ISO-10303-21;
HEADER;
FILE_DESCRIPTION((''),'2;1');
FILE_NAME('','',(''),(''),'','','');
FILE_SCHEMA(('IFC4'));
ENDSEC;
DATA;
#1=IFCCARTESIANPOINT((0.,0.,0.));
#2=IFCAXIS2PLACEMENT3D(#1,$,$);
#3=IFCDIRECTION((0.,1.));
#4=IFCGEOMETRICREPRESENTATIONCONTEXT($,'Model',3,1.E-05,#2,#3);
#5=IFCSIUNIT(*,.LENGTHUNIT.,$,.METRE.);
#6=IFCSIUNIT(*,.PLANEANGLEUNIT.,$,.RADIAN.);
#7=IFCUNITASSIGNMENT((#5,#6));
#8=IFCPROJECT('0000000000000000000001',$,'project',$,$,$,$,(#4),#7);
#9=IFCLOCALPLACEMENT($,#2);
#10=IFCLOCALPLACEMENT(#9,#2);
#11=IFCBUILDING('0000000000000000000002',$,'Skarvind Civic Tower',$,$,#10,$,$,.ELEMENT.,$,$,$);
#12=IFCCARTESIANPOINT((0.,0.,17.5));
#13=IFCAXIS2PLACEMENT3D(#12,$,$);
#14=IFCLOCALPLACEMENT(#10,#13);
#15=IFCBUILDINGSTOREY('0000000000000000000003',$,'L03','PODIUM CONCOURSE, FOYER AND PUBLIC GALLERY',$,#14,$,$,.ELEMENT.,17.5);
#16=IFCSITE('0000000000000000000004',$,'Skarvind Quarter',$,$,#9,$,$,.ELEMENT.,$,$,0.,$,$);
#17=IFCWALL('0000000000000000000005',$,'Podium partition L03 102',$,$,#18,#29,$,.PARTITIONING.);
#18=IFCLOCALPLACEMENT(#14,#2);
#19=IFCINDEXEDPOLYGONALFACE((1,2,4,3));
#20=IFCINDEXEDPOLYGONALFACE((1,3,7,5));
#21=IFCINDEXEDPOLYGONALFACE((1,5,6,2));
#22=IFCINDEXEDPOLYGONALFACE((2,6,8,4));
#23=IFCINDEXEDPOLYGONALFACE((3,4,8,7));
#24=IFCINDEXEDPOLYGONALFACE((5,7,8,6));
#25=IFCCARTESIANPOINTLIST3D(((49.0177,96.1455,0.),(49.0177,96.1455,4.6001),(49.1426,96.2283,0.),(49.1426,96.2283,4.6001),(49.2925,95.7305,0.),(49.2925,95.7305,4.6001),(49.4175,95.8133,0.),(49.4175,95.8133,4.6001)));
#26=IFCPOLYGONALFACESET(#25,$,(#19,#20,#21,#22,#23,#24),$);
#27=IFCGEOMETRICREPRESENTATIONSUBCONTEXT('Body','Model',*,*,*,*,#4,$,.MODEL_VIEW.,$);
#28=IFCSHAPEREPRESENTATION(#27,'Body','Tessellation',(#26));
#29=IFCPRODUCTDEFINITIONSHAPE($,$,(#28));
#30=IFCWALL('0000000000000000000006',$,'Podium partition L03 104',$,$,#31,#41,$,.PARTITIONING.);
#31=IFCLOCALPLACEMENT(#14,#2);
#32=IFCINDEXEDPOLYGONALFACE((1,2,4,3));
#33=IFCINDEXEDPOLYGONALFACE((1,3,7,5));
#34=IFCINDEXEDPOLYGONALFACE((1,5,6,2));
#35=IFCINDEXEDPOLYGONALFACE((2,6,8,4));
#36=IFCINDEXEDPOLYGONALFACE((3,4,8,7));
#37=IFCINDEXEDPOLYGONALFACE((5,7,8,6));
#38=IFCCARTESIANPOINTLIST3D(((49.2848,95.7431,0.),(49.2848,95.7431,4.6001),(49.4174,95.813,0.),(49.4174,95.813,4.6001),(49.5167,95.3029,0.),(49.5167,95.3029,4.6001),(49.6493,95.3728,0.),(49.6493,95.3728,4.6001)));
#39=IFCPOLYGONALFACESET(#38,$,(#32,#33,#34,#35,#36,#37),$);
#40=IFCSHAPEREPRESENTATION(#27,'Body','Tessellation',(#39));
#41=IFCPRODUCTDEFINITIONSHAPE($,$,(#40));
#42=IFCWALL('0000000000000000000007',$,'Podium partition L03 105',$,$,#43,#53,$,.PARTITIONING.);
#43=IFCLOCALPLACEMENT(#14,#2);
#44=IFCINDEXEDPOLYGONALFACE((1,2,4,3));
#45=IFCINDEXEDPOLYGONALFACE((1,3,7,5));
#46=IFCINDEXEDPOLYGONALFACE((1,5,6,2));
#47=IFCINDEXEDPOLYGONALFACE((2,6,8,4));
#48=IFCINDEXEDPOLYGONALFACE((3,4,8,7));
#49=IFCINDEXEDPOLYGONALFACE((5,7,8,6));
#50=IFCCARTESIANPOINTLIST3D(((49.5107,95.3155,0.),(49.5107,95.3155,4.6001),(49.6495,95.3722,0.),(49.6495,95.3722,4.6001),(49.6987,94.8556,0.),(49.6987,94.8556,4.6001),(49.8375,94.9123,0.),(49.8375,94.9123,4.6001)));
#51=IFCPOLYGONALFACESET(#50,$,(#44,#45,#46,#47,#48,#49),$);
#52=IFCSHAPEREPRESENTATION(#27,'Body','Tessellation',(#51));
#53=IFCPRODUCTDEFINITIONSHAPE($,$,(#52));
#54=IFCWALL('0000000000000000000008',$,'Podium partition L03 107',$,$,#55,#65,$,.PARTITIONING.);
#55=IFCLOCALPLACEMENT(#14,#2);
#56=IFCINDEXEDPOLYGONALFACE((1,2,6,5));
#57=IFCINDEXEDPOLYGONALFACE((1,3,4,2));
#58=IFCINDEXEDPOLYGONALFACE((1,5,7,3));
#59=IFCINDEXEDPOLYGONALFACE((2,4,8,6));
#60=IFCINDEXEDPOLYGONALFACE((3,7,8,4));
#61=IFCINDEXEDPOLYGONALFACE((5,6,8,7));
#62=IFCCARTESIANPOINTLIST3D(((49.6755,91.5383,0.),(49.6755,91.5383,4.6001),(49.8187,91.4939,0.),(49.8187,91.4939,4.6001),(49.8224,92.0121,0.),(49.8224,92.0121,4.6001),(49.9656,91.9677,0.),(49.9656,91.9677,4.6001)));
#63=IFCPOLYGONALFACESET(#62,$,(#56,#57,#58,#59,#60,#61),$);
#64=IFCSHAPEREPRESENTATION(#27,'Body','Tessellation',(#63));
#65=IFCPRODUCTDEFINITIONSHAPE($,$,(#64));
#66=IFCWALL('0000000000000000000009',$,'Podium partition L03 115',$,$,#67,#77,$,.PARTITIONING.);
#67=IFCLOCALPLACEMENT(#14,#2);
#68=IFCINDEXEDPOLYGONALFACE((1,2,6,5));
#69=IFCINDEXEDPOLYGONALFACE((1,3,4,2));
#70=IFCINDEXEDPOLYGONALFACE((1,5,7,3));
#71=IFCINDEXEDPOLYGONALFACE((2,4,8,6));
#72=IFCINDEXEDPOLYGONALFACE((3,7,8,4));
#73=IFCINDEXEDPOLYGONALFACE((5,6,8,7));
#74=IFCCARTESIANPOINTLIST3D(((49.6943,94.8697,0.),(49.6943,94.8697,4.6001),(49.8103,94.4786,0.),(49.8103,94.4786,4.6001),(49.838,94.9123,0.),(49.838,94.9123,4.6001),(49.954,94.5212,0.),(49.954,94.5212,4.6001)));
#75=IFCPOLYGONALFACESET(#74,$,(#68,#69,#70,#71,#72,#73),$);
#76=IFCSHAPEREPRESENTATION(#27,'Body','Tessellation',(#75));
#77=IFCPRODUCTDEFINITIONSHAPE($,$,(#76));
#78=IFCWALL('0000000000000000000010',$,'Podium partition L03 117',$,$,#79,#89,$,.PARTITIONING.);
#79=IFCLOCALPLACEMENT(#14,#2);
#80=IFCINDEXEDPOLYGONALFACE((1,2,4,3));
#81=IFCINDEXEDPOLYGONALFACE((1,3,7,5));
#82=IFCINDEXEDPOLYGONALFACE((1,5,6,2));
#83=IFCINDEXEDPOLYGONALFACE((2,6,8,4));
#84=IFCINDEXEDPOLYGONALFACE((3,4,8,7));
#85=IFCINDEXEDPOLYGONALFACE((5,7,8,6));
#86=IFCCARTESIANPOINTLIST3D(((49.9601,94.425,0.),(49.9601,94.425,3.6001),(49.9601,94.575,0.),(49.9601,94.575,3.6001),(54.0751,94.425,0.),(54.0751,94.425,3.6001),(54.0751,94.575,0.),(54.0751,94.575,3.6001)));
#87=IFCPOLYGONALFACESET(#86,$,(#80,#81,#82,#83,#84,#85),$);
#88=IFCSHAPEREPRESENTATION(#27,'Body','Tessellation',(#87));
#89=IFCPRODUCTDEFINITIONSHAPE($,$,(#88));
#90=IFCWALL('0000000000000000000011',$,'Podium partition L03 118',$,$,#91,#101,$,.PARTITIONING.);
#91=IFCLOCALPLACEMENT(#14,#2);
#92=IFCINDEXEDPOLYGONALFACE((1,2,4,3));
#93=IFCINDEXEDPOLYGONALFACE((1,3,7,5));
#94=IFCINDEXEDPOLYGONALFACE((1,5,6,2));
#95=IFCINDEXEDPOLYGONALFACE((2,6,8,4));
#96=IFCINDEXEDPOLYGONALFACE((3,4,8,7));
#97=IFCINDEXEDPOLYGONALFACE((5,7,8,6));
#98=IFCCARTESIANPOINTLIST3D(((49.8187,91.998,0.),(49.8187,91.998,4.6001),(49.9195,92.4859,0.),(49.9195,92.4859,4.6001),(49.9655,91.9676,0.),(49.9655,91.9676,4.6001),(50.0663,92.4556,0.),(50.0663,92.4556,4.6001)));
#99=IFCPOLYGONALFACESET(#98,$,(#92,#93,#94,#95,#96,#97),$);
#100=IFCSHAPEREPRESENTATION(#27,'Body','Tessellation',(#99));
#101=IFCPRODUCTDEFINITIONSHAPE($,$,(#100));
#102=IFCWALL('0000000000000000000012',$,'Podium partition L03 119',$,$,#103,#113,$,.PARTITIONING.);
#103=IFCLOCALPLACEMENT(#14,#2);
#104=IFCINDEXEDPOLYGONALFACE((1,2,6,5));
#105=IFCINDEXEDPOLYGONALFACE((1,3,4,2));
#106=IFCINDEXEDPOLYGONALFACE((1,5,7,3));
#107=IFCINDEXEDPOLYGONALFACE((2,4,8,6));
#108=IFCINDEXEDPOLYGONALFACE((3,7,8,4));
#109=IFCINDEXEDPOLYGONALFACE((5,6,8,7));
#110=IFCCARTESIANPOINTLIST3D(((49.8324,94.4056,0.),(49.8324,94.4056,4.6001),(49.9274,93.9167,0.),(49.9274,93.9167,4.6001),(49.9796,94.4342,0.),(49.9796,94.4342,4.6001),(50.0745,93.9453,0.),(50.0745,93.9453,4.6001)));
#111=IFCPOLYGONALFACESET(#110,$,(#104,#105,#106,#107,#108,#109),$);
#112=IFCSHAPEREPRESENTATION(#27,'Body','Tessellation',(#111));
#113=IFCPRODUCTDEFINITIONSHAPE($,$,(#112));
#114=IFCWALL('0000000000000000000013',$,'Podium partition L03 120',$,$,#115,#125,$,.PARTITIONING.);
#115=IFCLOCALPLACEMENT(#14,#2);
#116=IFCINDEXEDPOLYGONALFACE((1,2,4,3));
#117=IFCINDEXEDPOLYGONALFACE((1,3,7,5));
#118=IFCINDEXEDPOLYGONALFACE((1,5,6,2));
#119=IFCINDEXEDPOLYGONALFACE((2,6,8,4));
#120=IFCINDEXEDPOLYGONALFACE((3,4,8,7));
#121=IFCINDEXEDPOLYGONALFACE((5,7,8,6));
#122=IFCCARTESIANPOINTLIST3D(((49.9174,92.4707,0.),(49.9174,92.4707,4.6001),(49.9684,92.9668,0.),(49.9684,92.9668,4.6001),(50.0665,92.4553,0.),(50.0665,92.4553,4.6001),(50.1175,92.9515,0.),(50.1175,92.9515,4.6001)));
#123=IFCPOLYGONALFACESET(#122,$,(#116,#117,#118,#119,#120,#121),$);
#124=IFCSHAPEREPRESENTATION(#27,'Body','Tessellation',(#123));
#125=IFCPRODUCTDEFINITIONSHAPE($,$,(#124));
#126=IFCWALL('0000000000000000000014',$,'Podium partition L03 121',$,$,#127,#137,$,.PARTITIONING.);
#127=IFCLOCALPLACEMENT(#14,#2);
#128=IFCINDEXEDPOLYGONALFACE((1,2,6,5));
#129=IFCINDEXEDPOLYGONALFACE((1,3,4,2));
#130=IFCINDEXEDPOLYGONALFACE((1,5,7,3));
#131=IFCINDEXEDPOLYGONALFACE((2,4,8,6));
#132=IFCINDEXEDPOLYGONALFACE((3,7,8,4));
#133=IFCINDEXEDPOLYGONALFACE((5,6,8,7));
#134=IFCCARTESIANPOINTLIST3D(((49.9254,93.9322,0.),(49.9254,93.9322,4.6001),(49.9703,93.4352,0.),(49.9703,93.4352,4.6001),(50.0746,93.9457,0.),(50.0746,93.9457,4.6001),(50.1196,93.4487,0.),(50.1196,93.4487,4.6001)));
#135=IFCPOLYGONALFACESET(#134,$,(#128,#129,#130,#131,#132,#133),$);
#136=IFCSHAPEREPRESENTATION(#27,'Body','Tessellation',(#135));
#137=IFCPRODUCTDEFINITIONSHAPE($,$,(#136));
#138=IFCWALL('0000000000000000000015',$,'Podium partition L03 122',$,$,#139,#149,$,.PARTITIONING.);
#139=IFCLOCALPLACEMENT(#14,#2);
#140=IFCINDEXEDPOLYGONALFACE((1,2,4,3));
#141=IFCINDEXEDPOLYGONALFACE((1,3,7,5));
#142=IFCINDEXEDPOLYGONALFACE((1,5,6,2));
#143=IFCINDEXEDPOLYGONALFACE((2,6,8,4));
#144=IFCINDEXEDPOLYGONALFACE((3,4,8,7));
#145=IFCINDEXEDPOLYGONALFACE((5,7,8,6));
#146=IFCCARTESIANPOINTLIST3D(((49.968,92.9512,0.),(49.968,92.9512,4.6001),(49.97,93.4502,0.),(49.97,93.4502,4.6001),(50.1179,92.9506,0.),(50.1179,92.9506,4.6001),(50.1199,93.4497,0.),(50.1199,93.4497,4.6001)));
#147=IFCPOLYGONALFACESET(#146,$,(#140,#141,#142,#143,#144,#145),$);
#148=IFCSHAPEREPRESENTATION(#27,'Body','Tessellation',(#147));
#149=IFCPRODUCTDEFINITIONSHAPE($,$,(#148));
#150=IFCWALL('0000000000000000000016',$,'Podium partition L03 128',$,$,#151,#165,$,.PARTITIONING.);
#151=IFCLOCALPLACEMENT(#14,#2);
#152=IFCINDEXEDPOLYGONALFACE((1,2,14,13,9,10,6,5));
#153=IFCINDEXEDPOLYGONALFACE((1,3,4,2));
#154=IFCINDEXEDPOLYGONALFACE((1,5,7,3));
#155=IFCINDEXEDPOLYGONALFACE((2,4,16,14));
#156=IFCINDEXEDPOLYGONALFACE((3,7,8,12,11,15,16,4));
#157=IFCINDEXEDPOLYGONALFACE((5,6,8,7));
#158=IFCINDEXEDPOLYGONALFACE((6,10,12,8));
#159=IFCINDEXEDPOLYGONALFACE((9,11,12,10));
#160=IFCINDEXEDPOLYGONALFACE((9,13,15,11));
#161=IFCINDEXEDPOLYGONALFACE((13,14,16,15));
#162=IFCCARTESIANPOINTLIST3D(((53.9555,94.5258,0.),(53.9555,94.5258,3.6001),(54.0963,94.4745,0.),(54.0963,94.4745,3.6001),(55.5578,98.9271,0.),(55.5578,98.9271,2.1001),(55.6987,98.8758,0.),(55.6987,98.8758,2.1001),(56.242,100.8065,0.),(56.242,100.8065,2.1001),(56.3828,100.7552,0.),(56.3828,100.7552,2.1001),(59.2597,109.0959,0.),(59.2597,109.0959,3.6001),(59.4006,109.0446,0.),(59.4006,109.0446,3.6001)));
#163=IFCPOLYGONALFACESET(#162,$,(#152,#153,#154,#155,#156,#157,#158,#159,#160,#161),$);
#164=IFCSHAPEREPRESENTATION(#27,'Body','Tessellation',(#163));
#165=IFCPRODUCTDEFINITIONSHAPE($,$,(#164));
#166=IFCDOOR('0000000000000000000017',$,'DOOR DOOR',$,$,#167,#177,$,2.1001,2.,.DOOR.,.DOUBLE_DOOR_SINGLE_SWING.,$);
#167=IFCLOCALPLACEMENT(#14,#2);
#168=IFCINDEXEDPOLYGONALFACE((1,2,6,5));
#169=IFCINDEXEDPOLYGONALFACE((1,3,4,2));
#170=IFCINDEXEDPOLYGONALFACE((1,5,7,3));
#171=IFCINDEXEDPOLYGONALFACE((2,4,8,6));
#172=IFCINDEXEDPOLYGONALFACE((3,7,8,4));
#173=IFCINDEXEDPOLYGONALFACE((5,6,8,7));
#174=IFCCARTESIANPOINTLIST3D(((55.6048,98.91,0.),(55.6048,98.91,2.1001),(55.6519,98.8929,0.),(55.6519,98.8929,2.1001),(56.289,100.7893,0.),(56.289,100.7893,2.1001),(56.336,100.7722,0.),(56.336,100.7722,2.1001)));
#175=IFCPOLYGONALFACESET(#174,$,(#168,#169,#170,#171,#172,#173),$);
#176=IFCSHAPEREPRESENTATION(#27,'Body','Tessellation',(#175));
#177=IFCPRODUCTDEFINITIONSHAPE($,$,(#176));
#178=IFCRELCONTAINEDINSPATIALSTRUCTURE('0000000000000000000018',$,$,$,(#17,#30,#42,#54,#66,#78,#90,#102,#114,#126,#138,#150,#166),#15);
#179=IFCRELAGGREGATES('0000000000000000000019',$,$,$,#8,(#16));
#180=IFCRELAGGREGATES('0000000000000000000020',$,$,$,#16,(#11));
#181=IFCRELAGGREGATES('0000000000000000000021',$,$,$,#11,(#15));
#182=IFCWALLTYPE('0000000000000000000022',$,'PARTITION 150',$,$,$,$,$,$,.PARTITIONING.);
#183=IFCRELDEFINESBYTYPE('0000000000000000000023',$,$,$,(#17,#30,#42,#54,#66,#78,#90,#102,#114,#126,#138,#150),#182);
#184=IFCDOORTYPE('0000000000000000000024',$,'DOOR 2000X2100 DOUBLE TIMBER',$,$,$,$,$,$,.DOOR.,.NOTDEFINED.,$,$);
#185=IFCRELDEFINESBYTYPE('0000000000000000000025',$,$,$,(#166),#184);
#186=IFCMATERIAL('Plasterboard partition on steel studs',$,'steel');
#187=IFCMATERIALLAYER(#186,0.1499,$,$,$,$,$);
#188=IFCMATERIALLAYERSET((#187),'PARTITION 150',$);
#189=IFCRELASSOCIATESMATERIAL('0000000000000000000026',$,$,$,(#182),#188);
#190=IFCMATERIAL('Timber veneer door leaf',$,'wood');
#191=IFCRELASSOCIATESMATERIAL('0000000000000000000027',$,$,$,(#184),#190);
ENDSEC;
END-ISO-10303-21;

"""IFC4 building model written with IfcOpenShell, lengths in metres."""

from ifc_helpers import new_model, si_unit, direction, frame, frame_2d, origin, place, context, subcontext, project, spatial, rectangle, extrude, material, layer, layer_set, type_object, element, fill, save


model = new_model("IFC4")

# Units and contexts
model_context = context("Model", 3, precision=1e-05, world=origin(), true_north=direction((0.0, 1.0)))
body_context = subcontext(model_context, "Body", "Model", "MODEL_VIEW")
ifc_project = project(units=[si_unit("LENGTHUNIT", "METRE"), si_unit("PLANEANGLEUNIT", "RADIAN")], contexts=[model_context])

# Site, building, storey
site_placement = place(None, origin())
site = spatial("IfcSite", under=ifc_project, at=site_placement, Name="Skarvind Quarter", CompositionType="ELEMENT", RefElevation=0.0)
building_placement = place(site_placement, origin())
building = spatial("IfcBuilding", under=site, at=building_placement, Name="Skarvind Civic Tower", CompositionType="ELEMENT")
storey_placement = place(building_placement, frame((0.0, 0.0, 17.5)))
storey = spatial("IfcBuildingStorey", under=building, at=storey_placement, Name="L03", Description="PODIUM CONCOURSE, FOYER AND PUBLIC GALLERY", CompositionType="ELEMENT", Elevation=17.5)

# Shared definitions
ifc_material_1 = material(Name="Plasterboard partition on steel studs", Category="steel")
ifc_layer = layer(ifc_material_1, 0.1499)
ifc_layer_set = layer_set([ifc_layer], Name="PARTITION 150")
wall_type = type_object("IfcWallType", Name="PARTITION 150", PredefinedType="PARTITIONING", material=ifc_layer_set)
ifc_material_2 = material(Name="Timber veneer door leaf", Category="wood")

# Walls
for number, where, z_axis, x_axis, name in (
    (1, (49.0801, 96.187, 0.0), (0.0, 0.0, 1.0), (0.552208, -0.833706, 0.0), "Podium partition L03 102"),
):
    element("IfcWall", number, at=place(storey_placement, frame(where, z_axis=z_axis, x_axis=x_axis)), inside=storey, type_object=wall_type, Name=name, PredefinedType="PARTITIONING", context=body_context, shape_type="SweptSolid", body=[
        extrude(rectangle(XDim=0.4978, YDim=0.1499, at=frame_2d((0.249, 0.0))), origin(), (0.0, 0.0, 1.0), 4.6001),
    ])
wall_1_placement = place(storey_placement, frame((49.3511, 95.7781, 0.0), z_axis=(0.0, 0.0, 1.0), x_axis=(0.466151, -0.884705, 0.0)))
element("IfcWall", 2, at=wall_1_placement, inside=storey, type_object=wall_type, Name="Podium partition L03 104", PredefinedType="PARTITIONING", context=body_context, shape_type="SweptSolid", body=[
    extrude(rectangle(XDim=0.4976, YDim=0.1499, at=frame_2d((0.2488, 0.0))), origin(), (0.0, 0.0, 1.0), 4.6001),
])
wall_2_placement = place(storey_placement, frame((49.5801, 95.344, 0.0), z_axis=(0.0, 0.0, 1.0), x_axis=(0.378327, -0.925672, 0.0)))
element("IfcWall", 3, at=wall_2_placement, inside=storey, type_object=wall_type, Name="Podium partition L03 105", PredefinedType="PARTITIONING", context=body_context, shape_type="SweptSolid", body=[
    extrude(rectangle(XDim=0.4968, YDim=0.1499, at=frame_2d((0.2485, 0.0))), origin(), (0.0, 0.0, 1.0), 4.6001),
])
wall_3_placement = place(storey_placement, frame((49.7471, 91.5161, 0.0), z_axis=(0.0, 0.0, 1.0), x_axis=(0.296229, 0.955117, 0.0)))
element("IfcWall", 4, at=wall_3_placement, inside=storey, type_object=wall_type, Name="Podium partition L03 107", PredefinedType="PARTITIONING", context=body_context, shape_type="SweptSolid", body=[
    extrude(rectangle(XDim=0.4961, YDim=0.1499, at=frame_2d((0.248, 0.0))), origin(), (0.0, 0.0, 1.0), 4.6001),
])
wall_4_placement = place(storey_placement, frame((49.7661, 94.8911, 0.0), z_axis=(0.0, 0.0, 1.0), x_axis=(0.284272, -0.958744, 0.0)))
element("IfcWall", 5, at=wall_4_placement, inside=storey, type_object=wall_type, Name="Podium partition L03 115", PredefinedType="PARTITIONING", context=body_context, shape_type="SweptSolid", body=[
    extrude(rectangle(XDim=0.408, YDim=0.1499, at=frame_2d((0.2041, 0.0))), origin(), (0.0, 0.0, 1.0), 4.6001),
])
wall_5_placement = place(storey_placement, frame((49.96, 94.5, 0.0), z_axis=(0.0, 0.0, 1.0), x_axis=(1.0, 0.0, 0.0)))
element("IfcWall", 6, at=wall_5_placement, inside=storey, type_object=wall_type, Name="Podium partition L03 117", PredefinedType="PARTITIONING", context=body_context, shape_type="SweptSolid", body=[
    extrude(rectangle(XDim=4.115, YDim=0.1499, at=frame_2d((2.0576, 0.0))), origin(), (0.0, 0.0, 1.0), 3.6001),
])
wall_6_placement = place(storey_placement, frame((49.8921, 91.9829, 0.0), z_axis=(0.0, 0.0, 1.0), x_axis=(0.20233, 0.979317, 0.0)))
element("IfcWall", 7, at=wall_6_placement, inside=storey, type_object=wall_type, Name="Podium partition L03 118", PredefinedType="PARTITIONING", context=body_context, shape_type="SweptSolid", body=[
    extrude(rectangle(XDim=0.4983, YDim=0.1499, at=frame_2d((0.249, 0.0))), origin(), (0.0, 0.0, 1.0), 4.6001),
])
wall_7_placement = place(storey_placement, frame((49.906, 94.4199, 0.0), z_axis=(0.0, 0.0, 1.0), x_axis=(0.190647, -0.981659, 0.0)))
element("IfcWall", 8, at=wall_7_placement, inside=storey, type_object=wall_type, Name="Podium partition L03 119", PredefinedType="PARTITIONING", context=body_context, shape_type="SweptSolid", body=[
    extrude(rectangle(XDim=0.498, YDim=0.1499, at=frame_2d((0.249, 0.0))), origin(), (0.0, 0.0, 1.0), 4.6001),
])
wall_8_placement = place(storey_placement, frame((49.9919, 92.4629, 0.0), z_axis=(0.0, 0.0, 1.0), x_axis=(0.102315, 0.994752, 0.0)))
element("IfcWall", 9, at=wall_8_placement, inside=storey, type_object=wall_type, Name="Podium partition L03 120", PredefinedType="PARTITIONING", context=body_context, shape_type="SweptSolid", body=[
    extrude(rectangle(XDim=0.4988, YDim=0.1499, at=frame_2d((0.2495, 0.0))), origin(), (0.0, 0.0, 1.0), 4.6001),
])
for number, where, z_axis, x_axis, name in (
    (10, (50.0, 93.939, 0.0), (0.0, 0.0, 1.0), (0.090006, -0.995941, 0.0), "Podium partition L03 121"),
    (11, (50.043, 92.9509, 0.0), (0.0, 0.0, 1.0), (0.003914, 0.999992, 0.0), "Podium partition L03 122"),
):
    element("IfcWall", number, at=place(storey_placement, frame(where, z_axis=z_axis, x_axis=x_axis)), inside=storey, type_object=wall_type, Name=name, PredefinedType="PARTITIONING", context=body_context, shape_type="SweptSolid", body=[
        extrude(rectangle(XDim=0.499, YDim=0.1499, at=frame_2d((0.2495, 0.0))), origin(), (0.0, 0.0, 1.0), 4.6001),
    ])

# Wall, opening, door
wall_9_placement = place(storey_placement, frame((54.0259, 94.5, 0.0), z_axis=(0.0, 0.0, 1.0), x_axis=(0.342084, 0.939669, 0.0)))
wall_9 = element("IfcWall", 12, at=wall_9_placement, inside=storey, type_object=wall_type, Name="Podium partition L03 128", PredefinedType="PARTITIONING", context=body_context, shape_type="SweptSolid", body=[
    extrude(rectangle(XDim=15.5056, YDim=0.1499, at=frame_2d((7.7529, 0.0))), origin(), (0.0, 0.0, 1.0), 3.6001),
])
opening_1_placement = place(wall_9_placement, frame((4.6841, 0.0, 0.0)))
opening_1 = element("IfcOpeningElement", 13, at=opening_1_placement, cuts=wall_9, PredefinedType="OPENING", context=body_context, shape_type="SweptSolid", body=[
    extrude(rectangle(XDim=2.0, YDim=2.1001, at=frame_2d((1.0, 1.05))), frame((0.0, 0.085, 0.0), z_axis=(0.0, -1.0, 0.0), x_axis=(1.0, 0.0, 0.0)), (0.0, 0.0, 1.0), 0.1699),
])
door_type_1 = type_object("IfcDoorType", Name="DOOR 2000X2100 DOUBLE TIMBER", OperationType="NOTDEFINED", PredefinedType="DOOR", material=ifc_material_2)
door_1_placement = place(opening_1_placement, origin())
door_1 = element("IfcDoor", 14, at=door_1_placement, inside=storey, type_object=door_type_1, Name="DOOR DOOR", OperationType="DOUBLE_DOOR_SINGLE_SWING", OverallHeight=2.1001, OverallWidth=2.0, PredefinedType="DOOR", context=body_context, shape_type="SweptSolid", body=[
    extrude(rectangle(XDim=2.0, YDim=2.1001, at=frame_2d((1.0, 1.05))), frame((0.0, 0.0249, 0.0), z_axis=(0.0, -1.0, 0.0), x_axis=(1.0, 0.0, 0.0)), (0.0, 0.0, 1.0), 0.05),
])
fill(opening_1, door_1)

save(model, "model.ifc")
